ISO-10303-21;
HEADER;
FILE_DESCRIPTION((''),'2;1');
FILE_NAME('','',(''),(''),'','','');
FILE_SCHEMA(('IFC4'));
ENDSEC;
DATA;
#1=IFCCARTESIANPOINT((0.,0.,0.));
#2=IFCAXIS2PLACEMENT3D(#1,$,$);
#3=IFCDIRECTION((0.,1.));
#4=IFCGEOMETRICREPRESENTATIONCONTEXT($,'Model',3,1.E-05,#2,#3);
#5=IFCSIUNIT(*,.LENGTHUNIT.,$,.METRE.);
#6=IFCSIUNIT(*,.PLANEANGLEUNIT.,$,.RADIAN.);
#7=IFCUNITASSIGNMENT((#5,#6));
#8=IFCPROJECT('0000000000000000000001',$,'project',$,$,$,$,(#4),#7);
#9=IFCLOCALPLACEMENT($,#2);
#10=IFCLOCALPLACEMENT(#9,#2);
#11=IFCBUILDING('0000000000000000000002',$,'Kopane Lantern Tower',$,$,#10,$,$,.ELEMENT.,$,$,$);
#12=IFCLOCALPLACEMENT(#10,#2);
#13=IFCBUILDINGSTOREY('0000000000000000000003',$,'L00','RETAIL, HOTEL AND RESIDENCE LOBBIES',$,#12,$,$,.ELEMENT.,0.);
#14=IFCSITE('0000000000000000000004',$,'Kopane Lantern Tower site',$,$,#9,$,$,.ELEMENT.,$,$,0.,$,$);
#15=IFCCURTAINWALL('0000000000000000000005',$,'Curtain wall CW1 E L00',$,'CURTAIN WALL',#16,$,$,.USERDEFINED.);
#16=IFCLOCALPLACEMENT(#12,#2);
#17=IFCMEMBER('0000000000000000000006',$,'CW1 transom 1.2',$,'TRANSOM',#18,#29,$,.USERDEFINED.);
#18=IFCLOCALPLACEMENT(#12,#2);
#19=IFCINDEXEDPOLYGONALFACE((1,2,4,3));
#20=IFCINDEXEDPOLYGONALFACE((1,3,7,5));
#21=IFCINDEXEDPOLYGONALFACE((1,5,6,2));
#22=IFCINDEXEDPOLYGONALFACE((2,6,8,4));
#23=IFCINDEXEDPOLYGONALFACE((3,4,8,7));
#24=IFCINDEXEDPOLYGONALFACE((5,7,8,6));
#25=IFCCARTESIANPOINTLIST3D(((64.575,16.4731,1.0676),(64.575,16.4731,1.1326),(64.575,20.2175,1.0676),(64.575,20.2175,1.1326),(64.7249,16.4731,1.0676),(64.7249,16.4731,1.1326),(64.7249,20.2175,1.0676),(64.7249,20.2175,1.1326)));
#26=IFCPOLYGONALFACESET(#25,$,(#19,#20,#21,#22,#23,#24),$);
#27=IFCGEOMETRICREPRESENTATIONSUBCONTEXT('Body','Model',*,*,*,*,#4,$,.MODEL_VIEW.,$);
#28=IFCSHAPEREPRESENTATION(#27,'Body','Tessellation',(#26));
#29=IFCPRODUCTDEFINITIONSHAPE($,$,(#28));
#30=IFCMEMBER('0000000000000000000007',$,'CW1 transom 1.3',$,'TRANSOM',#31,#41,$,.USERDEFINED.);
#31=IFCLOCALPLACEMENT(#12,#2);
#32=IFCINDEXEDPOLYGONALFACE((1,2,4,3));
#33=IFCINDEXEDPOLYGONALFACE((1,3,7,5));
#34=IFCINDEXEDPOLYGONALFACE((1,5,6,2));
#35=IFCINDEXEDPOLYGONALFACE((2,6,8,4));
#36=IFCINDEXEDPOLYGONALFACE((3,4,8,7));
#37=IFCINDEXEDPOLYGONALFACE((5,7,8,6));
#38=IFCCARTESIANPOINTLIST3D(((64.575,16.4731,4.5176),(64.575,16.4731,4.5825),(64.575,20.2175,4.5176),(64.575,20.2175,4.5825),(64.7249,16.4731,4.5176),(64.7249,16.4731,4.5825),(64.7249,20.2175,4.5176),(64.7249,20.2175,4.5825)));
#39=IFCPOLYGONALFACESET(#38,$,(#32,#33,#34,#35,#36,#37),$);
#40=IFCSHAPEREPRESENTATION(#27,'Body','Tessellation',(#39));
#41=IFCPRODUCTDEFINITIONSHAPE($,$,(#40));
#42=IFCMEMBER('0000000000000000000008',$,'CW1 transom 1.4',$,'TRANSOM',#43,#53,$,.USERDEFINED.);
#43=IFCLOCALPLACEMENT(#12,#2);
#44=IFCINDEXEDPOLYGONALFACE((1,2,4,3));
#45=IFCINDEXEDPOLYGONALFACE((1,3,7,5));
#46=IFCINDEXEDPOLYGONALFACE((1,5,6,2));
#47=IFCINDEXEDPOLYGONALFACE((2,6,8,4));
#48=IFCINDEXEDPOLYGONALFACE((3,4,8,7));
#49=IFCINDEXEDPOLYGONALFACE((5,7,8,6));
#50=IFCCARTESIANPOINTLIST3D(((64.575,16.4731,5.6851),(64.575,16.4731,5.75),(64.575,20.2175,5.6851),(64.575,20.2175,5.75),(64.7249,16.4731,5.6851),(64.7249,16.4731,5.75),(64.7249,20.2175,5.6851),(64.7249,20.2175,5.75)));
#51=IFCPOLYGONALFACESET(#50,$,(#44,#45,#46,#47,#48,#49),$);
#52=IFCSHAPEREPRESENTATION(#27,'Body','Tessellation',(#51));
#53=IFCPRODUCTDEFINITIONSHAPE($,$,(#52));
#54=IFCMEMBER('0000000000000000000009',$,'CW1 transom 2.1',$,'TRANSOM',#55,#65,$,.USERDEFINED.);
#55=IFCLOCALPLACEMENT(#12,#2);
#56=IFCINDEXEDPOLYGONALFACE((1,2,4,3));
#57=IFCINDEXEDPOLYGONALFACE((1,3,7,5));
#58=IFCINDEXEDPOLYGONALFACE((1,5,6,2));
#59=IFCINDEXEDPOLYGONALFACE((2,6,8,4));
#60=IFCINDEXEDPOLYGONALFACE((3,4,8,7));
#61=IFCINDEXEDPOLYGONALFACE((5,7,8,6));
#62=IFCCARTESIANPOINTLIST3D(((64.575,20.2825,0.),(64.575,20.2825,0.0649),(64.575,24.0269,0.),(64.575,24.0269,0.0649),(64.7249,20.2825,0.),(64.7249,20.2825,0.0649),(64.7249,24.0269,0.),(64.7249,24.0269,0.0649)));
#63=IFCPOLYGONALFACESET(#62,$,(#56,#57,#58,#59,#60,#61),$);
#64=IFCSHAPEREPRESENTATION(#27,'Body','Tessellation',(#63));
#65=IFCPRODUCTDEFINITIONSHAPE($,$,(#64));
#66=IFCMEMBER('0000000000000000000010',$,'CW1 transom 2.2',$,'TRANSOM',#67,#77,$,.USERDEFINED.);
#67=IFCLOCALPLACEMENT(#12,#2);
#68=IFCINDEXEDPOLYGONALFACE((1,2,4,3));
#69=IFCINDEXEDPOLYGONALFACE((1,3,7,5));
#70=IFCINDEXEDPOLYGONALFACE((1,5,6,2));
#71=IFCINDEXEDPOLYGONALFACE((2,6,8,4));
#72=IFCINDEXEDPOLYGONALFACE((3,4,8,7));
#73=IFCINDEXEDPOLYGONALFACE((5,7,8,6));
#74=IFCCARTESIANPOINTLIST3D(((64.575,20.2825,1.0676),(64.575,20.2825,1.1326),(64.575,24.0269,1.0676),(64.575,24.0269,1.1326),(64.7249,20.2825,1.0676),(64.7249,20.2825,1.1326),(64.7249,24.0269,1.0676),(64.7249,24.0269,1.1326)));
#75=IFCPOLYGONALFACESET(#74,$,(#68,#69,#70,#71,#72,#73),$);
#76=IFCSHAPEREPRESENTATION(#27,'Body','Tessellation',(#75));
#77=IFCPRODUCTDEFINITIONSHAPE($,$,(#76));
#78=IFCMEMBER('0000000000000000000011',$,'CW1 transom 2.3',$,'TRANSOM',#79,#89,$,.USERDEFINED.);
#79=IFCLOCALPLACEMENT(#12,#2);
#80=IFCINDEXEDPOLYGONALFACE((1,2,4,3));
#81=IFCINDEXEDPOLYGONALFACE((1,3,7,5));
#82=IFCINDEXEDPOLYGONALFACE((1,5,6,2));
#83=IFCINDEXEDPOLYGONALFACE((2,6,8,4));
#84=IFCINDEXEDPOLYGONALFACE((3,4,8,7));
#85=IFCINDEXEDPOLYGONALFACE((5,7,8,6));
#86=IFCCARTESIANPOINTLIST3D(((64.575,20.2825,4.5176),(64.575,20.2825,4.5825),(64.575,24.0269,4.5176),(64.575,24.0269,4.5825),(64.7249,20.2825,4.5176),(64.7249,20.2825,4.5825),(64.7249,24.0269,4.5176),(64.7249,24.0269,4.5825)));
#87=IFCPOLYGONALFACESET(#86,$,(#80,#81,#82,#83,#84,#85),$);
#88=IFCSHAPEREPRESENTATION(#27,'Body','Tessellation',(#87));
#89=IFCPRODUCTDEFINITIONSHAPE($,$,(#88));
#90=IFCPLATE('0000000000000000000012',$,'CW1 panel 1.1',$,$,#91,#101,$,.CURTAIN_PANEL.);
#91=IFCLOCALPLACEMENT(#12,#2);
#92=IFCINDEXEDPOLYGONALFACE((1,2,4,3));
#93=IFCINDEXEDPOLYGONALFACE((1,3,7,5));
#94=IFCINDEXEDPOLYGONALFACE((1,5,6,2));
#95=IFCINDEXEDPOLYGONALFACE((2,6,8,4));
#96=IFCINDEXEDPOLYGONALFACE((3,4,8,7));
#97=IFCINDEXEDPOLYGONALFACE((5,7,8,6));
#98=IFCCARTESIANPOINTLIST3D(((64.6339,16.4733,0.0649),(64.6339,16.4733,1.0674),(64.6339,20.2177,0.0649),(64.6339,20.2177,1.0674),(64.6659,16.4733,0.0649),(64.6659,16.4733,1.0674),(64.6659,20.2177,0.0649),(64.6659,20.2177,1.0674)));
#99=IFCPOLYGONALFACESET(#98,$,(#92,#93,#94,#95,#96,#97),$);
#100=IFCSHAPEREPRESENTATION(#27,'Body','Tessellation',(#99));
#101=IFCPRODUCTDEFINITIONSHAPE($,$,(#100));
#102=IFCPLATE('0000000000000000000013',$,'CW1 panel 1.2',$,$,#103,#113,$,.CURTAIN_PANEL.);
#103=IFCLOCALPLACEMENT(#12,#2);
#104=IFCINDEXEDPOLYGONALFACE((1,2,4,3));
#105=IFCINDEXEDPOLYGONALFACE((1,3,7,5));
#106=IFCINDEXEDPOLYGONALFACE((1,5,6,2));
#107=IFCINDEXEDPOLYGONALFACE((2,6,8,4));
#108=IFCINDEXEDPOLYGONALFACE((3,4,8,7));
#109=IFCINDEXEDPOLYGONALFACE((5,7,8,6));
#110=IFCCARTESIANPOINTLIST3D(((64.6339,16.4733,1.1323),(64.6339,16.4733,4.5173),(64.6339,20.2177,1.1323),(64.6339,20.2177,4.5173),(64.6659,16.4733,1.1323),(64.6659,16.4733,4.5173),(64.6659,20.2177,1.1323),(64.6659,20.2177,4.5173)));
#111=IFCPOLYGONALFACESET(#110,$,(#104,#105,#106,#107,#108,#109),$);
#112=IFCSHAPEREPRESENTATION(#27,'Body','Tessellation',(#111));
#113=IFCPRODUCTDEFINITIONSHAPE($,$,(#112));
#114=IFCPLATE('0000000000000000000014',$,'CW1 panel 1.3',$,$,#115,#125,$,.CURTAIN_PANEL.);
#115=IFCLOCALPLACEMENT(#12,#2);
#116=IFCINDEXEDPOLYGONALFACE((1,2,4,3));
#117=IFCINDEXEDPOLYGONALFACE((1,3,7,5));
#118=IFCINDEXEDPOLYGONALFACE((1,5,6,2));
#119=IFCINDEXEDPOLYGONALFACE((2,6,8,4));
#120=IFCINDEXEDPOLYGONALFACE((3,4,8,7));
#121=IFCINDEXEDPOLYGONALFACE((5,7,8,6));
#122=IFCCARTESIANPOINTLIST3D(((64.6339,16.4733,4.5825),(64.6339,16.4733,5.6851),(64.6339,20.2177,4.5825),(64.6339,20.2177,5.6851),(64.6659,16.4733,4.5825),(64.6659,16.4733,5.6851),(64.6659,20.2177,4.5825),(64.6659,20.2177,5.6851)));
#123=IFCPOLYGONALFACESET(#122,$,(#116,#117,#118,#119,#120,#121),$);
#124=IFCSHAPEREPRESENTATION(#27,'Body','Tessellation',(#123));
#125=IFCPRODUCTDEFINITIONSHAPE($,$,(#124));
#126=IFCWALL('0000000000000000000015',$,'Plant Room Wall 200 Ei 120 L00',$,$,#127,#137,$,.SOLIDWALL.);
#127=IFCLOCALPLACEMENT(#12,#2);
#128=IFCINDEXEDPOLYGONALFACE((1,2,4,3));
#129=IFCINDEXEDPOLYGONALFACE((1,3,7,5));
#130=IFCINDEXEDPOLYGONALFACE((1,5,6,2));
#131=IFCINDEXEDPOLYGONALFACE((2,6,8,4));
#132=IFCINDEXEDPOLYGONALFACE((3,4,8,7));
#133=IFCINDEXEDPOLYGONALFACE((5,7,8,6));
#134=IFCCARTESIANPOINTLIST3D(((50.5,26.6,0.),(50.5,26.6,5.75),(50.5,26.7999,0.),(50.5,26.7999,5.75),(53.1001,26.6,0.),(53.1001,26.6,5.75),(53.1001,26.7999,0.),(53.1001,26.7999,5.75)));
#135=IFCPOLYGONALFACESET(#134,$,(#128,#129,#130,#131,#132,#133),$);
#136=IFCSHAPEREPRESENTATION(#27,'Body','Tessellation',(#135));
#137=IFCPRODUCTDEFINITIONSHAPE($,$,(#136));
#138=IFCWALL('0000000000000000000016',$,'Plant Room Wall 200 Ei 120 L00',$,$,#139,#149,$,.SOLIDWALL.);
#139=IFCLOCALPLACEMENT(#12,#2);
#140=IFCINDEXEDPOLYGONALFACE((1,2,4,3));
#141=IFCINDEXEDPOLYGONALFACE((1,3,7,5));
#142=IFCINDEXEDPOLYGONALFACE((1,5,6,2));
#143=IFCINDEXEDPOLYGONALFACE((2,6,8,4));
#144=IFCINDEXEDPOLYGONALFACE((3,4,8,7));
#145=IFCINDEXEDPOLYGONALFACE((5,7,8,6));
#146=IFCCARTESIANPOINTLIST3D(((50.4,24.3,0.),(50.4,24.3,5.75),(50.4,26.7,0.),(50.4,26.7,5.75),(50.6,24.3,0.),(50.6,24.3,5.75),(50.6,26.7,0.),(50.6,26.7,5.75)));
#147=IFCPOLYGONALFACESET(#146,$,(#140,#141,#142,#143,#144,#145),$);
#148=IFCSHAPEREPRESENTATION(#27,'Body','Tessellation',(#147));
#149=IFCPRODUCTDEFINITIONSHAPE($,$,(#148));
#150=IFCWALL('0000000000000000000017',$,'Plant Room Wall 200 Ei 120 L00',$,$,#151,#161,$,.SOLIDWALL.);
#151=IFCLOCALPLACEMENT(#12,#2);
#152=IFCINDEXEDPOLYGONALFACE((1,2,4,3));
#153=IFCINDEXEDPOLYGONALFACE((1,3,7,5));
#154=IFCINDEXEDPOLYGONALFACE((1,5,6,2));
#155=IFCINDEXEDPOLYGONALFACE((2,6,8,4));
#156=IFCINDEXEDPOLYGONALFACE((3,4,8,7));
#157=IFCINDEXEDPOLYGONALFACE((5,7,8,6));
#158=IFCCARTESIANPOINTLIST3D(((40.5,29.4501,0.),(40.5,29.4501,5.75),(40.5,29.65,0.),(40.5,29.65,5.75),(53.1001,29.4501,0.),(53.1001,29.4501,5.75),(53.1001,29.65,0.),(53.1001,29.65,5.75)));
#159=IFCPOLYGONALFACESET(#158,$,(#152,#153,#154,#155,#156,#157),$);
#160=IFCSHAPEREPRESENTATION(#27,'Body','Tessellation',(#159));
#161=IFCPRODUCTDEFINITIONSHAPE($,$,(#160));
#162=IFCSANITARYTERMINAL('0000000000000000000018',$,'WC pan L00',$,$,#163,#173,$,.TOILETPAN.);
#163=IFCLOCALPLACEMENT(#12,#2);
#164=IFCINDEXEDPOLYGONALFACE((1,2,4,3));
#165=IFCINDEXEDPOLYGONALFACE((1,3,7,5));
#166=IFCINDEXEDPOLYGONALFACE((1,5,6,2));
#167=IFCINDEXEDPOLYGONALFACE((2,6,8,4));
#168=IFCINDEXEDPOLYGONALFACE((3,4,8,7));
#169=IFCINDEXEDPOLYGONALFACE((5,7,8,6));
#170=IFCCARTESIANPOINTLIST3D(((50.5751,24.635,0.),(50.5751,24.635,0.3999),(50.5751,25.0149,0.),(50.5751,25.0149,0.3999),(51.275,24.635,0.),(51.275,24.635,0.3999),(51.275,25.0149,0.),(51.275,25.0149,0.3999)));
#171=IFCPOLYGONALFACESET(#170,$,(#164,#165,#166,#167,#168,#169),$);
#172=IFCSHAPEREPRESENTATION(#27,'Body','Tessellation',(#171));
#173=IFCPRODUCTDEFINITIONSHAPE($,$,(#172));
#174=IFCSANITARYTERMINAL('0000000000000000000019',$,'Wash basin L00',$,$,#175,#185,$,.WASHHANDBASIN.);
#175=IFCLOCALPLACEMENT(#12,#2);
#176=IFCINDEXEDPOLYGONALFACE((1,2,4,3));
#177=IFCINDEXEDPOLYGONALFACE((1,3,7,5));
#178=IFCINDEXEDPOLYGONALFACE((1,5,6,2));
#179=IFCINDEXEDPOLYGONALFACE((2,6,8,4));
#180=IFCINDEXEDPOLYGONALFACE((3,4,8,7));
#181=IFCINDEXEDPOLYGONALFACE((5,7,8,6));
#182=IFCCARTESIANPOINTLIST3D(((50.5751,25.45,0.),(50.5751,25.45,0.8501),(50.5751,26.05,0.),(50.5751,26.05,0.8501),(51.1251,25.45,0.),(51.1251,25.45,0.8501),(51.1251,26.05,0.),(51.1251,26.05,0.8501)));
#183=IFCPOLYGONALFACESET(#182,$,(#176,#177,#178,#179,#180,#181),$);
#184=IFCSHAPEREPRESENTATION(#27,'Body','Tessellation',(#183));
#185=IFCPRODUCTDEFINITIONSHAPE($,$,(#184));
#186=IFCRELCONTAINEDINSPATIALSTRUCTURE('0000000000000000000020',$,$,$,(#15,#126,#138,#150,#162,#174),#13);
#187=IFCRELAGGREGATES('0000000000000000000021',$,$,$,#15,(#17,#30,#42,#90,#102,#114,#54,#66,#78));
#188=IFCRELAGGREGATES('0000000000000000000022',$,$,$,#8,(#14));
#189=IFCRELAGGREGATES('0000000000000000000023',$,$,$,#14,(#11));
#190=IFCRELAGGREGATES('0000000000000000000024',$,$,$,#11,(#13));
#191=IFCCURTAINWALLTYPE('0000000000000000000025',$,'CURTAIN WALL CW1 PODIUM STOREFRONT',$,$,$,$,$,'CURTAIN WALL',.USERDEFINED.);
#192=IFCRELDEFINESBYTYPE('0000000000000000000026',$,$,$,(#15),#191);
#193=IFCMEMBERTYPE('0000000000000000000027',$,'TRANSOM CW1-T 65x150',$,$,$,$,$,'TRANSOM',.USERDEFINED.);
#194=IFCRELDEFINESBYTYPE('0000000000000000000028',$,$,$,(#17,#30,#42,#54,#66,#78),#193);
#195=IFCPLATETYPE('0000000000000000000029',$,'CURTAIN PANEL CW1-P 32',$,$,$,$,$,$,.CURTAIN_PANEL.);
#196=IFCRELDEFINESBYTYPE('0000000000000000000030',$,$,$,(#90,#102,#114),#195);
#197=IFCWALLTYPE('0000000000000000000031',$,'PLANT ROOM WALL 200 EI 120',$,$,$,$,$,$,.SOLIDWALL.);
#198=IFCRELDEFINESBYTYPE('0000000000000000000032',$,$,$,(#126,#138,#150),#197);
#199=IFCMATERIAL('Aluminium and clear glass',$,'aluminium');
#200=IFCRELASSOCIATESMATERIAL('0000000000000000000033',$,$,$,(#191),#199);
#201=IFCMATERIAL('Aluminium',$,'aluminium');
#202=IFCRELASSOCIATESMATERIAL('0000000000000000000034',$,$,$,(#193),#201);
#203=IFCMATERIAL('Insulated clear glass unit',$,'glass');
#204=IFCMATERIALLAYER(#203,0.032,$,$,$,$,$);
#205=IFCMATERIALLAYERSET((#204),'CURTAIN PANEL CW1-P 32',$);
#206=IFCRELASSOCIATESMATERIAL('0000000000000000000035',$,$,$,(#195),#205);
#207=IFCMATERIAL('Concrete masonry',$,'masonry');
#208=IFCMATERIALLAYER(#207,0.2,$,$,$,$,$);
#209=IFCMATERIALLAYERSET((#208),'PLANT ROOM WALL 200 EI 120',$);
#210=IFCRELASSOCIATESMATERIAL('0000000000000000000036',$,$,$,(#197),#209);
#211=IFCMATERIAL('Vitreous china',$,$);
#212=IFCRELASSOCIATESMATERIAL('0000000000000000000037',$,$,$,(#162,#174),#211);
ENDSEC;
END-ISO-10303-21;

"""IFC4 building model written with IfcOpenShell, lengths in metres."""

from ifc_helpers import new_model, si_unit, direction, frame, frame_2d, origin, origin_2d, place, context, subcontext, project, spatial, rectangle, extrude, material, layer, layer_set, material_profile, profile_set, type_object, element, aggregate, save


model = new_model("IFC4")

# Units and contexts
model_context = context("Model", 3, precision=1e-05, world=origin(), true_north=direction((0.0, 1.0)))
body_context = subcontext(model_context, "Body", "Model", "MODEL_VIEW")
ifc_project = project(units=[si_unit("LENGTHUNIT", "METRE"), si_unit("PLANEANGLEUNIT", "RADIAN")], contexts=[model_context])

# Site, building, storey
site_placement = place(None, origin())
site = spatial("IfcSite", under=ifc_project, at=site_placement, Name="Kopane Lantern Tower site", CompositionType="ELEMENT", RefElevation=0.0)
building_placement = place(site_placement, origin())
building = spatial("IfcBuilding", under=site, at=building_placement, Name="Kopane Lantern Tower", CompositionType="ELEMENT")
storey_placement = place(building_placement, origin())
storey = spatial("IfcBuildingStorey", under=building, at=storey_placement, Name="L00", Description="RETAIL, HOTEL AND RESIDENCE LOBBIES", CompositionType="ELEMENT", Elevation=0.0)

# Curtain wall, members, plates
ifc_material_1 = material(Name="Aluminium and clear glass", Category="aluminium")
curtain_wall_type = type_object("IfcCurtainWallType", Name="CURTAIN WALL CW1 PODIUM STOREFRONT", ElementType="CURTAIN WALL", PredefinedType="USERDEFINED", material=ifc_material_1)
curtain_wall_placement = place(storey_placement, origin())
curtain_wall = element("IfcCurtainWall", 1, at=curtain_wall_placement, inside=storey, type_object=curtain_wall_type, Name="Curtain wall CW1 E L00", ObjectType="CURTAIN WALL", PredefinedType="USERDEFINED")
ifc_material_2 = material(Name="Aluminium", Category="aluminium")
ifc_material_profile_1 = material_profile(ifc_material_2, rectangle(XDim=0.1499, YDim=0.0649, at=origin_2d()), Name="AL 150x65")
ifc_profile_set_1 = profile_set([ifc_material_profile_1], Name="Aluminium")
member_type_1 = type_object("IfcMemberType", Name="TRANSOM CW1-T 65x150", ElementType="TRANSOM", PredefinedType="USERDEFINED", material=ifc_profile_set_1)
member_1_placement = place(storey_placement, frame((64.6499, 16.4731, 1.1001), z_axis=(0.0, 1.0, 0.0), x_axis=(-1.0, 0.0, 0.0)))
member_1 = element("IfcMember", 2, at=member_1_placement, type_object=member_type_1, Name="CW1 transom 1.2", ObjectType="TRANSOM", PredefinedType="USERDEFINED", context=body_context, shape_type="SweptSolid", body=[
    extrude(rectangle(XDim=0.1499, YDim=0.0649, at=origin_2d()), origin(), (0.0, 0.0, 1.0), 3.7444),
])
member_2_placement = place(storey_placement, frame((64.6499, 16.4731, 4.55), z_axis=(0.0, 1.0, 0.0), x_axis=(-1.0, 0.0, 0.0)))
member_2 = element("IfcMember", 3, at=member_2_placement, type_object=member_type_1, Name="CW1 transom 1.3", ObjectType="TRANSOM", PredefinedType="USERDEFINED", context=body_context, shape_type="SweptSolid", body=[
    extrude(rectangle(XDim=0.1499, YDim=0.0649, at=origin_2d()), origin(), (0.0, 0.0, 1.0), 3.7444),
])
member_3_placement = place(storey_placement, frame((64.6499, 16.4731, 5.7175), z_axis=(0.0, 1.0, 0.0), x_axis=(-1.0, 0.0, 0.0)))
member_3 = element("IfcMember", 4, at=member_3_placement, type_object=member_type_1, Name="CW1 transom 1.4", ObjectType="TRANSOM", PredefinedType="USERDEFINED", context=body_context, shape_type="SweptSolid", body=[
    extrude(rectangle(XDim=0.1499, YDim=0.0649, at=origin_2d()), origin(), (0.0, 0.0, 1.0), 3.7444),
])
member_4_placement = place(storey_placement, frame((64.6499, 20.2825, 0.0325), z_axis=(0.0, 1.0, 0.0), x_axis=(-1.0, 0.0, 0.0)))
member_4 = element("IfcMember", 5, at=member_4_placement, type_object=member_type_1, Name="CW1 transom 2.1", ObjectType="TRANSOM", PredefinedType="USERDEFINED", context=body_context, shape_type="SweptSolid", body=[
    extrude(rectangle(XDim=0.1499, YDim=0.0649, at=origin_2d()), origin(), (0.0, 0.0, 1.0), 3.7444),
])
member_5_placement = place(storey_placement, frame((64.6499, 20.2825, 1.1001), z_axis=(0.0, 1.0, 0.0), x_axis=(-1.0, 0.0, 0.0)))
member_5 = element("IfcMember", 6, at=member_5_placement, type_object=member_type_1, Name="CW1 transom 2.2", ObjectType="TRANSOM", PredefinedType="USERDEFINED", context=body_context, shape_type="SweptSolid", body=[
    extrude(rectangle(XDim=0.1499, YDim=0.0649, at=origin_2d()), origin(), (0.0, 0.0, 1.0), 3.7444),
])
member_6_placement = place(storey_placement, frame((64.6499, 20.2825, 4.55), z_axis=(0.0, 1.0, 0.0), x_axis=(-1.0, 0.0, 0.0)))
member_6 = element("IfcMember", 7, at=member_6_placement, type_object=member_type_1, Name="CW1 transom 2.3", ObjectType="TRANSOM", PredefinedType="USERDEFINED", context=body_context, shape_type="SweptSolid", body=[
    extrude(rectangle(XDim=0.1499, YDim=0.0649, at=origin_2d()), origin(), (0.0, 0.0, 1.0), 3.7444),
])
ifc_material_3 = material(Name="Insulated clear glass unit", Category="glass")
ifc_layer_1 = layer(ifc_material_3, 0.032)
ifc_layer_set_1 = layer_set([ifc_layer_1], Name="CURTAIN PANEL CW1-P 32")
plate_type = type_object("IfcPlateType", Name="CURTAIN PANEL CW1-P 32", PredefinedType="CURTAIN_PANEL", material=ifc_layer_set_1)
plate_1_placement = place(storey_placement, frame((64.6499, 18.3455, 0.0649), z_axis=(0.0, 0.0, 1.0), x_axis=(0.0, 1.0, 0.0)))
plate_1 = element("IfcPlate", 8, at=plate_1_placement, type_object=plate_type, Name="CW1 panel 1.1", PredefinedType="CURTAIN_PANEL", context=body_context, shape_type="SweptSolid", body=[
    extrude(rectangle(XDim=3.7444, YDim=0.032, at=origin_2d()), origin(), (0.0, 0.0, 1.0), 1.0024),
])
plate_2_placement = place(storey_placement, frame((64.6499, 18.3455, 1.1323), z_axis=(0.0, 0.0, 1.0), x_axis=(0.0, 1.0, 0.0)))
plate_2 = element("IfcPlate", 9, at=plate_2_placement, type_object=plate_type, Name="CW1 panel 1.2", PredefinedType="CURTAIN_PANEL", context=body_context, shape_type="SweptSolid", body=[
    extrude(rectangle(XDim=3.7444, YDim=0.032, at=origin_2d()), origin(), (0.0, 0.0, 1.0), 3.385),
])
plate_3_placement = place(storey_placement, frame((64.6499, 18.3455, 4.5825), z_axis=(0.0, 0.0, 1.0), x_axis=(0.0, 1.0, 0.0)))
plate_3 = element("IfcPlate", 10, at=plate_3_placement, type_object=plate_type, Name="CW1 panel 1.3", PredefinedType="CURTAIN_PANEL", context=body_context, shape_type="SweptSolid", body=[
    extrude(rectangle(XDim=3.7444, YDim=0.032, at=origin_2d()), origin(), (0.0, 0.0, 1.0), 1.1025),
])
aggregate(curtain_wall, [member_1, member_2, member_3, plate_1, plate_2, plate_3, member_4, member_5, member_6])

# Walls
ifc_material_4 = material(Name="Concrete masonry", Category="masonry")
ifc_layer_2 = layer(ifc_material_4, 0.2)
ifc_layer_set_2 = layer_set([ifc_layer_2], Name="PLANT ROOM WALL 200 EI 120")
wall_type = type_object("IfcWallType", Name="PLANT ROOM WALL 200 EI 120", PredefinedType="SOLIDWALL", material=ifc_layer_set_2)
wall_1_placement = place(storey_placement, frame((53.1001, 26.7, 0.0), z_axis=(0.0, 0.0, 1.0), x_axis=(-1.0, 0.0, 0.0)))
element("IfcWall", 11, at=wall_1_placement, inside=storey, type_object=wall_type, Name="Plant Room Wall 200 Ei 120 L00", PredefinedType="SOLIDWALL", context=body_context, shape_type="SweptSolid", body=[
    extrude(rectangle(XDim=2.6001, YDim=0.2, at=frame_2d((1.3, 0.0))), origin(), (0.0, 0.0, 1.0), 5.75),
])
wall_2_placement = place(storey_placement, frame((50.5, 24.3, 0.0), z_axis=(0.0, 0.0, 1.0), x_axis=(0.0, 1.0, 0.0)))
element("IfcWall", 12, at=wall_2_placement, inside=storey, type_object=wall_type, Name="Plant Room Wall 200 Ei 120 L00", PredefinedType="SOLIDWALL", context=body_context, shape_type="SweptSolid", body=[
    extrude(rectangle(XDim=2.3999, YDim=0.2, at=frame_2d((1.2, 0.0))), origin(), (0.0, 0.0, 1.0), 5.75),
])
wall_3_placement = place(storey_placement, frame((53.1001, 29.55, 0.0), z_axis=(0.0, 0.0, 1.0), x_axis=(-1.0, 0.0, 0.0)))
element("IfcWall", 13, at=wall_3_placement, inside=storey, type_object=wall_type, Name="Plant Room Wall 200 Ei 120 L00", PredefinedType="SOLIDWALL", context=body_context, shape_type="SweptSolid", body=[
    extrude(rectangle(XDim=12.6001, YDim=0.2, at=frame_2d((6.3, 0.0))), origin(), (0.0, 0.0, 1.0), 5.75),
])

# Sanitary terminals
ifc_material_5 = material(Name="Vitreous china")
sanitary_terminal_1_placement = place(storey_placement, frame((50.925, 24.825, 0.0), z_axis=(0.0, 0.0, 1.0), x_axis=(1.0, 0.0, 0.0)))
element("IfcSanitaryTerminal", 14, at=sanitary_terminal_1_placement, inside=storey, material=ifc_material_5, Name="WC pan L00", PredefinedType="TOILETPAN", context=body_context, shape_type="SweptSolid", body=[
    extrude(rectangle(XDim=0.7, YDim=0.3799, at=origin_2d()), origin(), (0.0, 0.0, 1.0), 0.3999),
])
sanitary_terminal_2_placement = place(storey_placement, frame((50.8501, 25.75, 0.0), z_axis=(0.0, 0.0, 1.0), x_axis=(1.0, 0.0, 0.0)))
element("IfcSanitaryTerminal", 15, at=sanitary_terminal_2_placement, inside=storey, material=ifc_material_5, Name="Wash basin L00", PredefinedType="WASHHANDBASIN", context=body_context, shape_type="SweptSolid", body=[
    extrude(rectangle(XDim=0.55, YDim=0.6001, at=origin_2d()), origin(), (0.0, 0.0, 1.0), 0.8501),
])

save(model, "model.ifc")
